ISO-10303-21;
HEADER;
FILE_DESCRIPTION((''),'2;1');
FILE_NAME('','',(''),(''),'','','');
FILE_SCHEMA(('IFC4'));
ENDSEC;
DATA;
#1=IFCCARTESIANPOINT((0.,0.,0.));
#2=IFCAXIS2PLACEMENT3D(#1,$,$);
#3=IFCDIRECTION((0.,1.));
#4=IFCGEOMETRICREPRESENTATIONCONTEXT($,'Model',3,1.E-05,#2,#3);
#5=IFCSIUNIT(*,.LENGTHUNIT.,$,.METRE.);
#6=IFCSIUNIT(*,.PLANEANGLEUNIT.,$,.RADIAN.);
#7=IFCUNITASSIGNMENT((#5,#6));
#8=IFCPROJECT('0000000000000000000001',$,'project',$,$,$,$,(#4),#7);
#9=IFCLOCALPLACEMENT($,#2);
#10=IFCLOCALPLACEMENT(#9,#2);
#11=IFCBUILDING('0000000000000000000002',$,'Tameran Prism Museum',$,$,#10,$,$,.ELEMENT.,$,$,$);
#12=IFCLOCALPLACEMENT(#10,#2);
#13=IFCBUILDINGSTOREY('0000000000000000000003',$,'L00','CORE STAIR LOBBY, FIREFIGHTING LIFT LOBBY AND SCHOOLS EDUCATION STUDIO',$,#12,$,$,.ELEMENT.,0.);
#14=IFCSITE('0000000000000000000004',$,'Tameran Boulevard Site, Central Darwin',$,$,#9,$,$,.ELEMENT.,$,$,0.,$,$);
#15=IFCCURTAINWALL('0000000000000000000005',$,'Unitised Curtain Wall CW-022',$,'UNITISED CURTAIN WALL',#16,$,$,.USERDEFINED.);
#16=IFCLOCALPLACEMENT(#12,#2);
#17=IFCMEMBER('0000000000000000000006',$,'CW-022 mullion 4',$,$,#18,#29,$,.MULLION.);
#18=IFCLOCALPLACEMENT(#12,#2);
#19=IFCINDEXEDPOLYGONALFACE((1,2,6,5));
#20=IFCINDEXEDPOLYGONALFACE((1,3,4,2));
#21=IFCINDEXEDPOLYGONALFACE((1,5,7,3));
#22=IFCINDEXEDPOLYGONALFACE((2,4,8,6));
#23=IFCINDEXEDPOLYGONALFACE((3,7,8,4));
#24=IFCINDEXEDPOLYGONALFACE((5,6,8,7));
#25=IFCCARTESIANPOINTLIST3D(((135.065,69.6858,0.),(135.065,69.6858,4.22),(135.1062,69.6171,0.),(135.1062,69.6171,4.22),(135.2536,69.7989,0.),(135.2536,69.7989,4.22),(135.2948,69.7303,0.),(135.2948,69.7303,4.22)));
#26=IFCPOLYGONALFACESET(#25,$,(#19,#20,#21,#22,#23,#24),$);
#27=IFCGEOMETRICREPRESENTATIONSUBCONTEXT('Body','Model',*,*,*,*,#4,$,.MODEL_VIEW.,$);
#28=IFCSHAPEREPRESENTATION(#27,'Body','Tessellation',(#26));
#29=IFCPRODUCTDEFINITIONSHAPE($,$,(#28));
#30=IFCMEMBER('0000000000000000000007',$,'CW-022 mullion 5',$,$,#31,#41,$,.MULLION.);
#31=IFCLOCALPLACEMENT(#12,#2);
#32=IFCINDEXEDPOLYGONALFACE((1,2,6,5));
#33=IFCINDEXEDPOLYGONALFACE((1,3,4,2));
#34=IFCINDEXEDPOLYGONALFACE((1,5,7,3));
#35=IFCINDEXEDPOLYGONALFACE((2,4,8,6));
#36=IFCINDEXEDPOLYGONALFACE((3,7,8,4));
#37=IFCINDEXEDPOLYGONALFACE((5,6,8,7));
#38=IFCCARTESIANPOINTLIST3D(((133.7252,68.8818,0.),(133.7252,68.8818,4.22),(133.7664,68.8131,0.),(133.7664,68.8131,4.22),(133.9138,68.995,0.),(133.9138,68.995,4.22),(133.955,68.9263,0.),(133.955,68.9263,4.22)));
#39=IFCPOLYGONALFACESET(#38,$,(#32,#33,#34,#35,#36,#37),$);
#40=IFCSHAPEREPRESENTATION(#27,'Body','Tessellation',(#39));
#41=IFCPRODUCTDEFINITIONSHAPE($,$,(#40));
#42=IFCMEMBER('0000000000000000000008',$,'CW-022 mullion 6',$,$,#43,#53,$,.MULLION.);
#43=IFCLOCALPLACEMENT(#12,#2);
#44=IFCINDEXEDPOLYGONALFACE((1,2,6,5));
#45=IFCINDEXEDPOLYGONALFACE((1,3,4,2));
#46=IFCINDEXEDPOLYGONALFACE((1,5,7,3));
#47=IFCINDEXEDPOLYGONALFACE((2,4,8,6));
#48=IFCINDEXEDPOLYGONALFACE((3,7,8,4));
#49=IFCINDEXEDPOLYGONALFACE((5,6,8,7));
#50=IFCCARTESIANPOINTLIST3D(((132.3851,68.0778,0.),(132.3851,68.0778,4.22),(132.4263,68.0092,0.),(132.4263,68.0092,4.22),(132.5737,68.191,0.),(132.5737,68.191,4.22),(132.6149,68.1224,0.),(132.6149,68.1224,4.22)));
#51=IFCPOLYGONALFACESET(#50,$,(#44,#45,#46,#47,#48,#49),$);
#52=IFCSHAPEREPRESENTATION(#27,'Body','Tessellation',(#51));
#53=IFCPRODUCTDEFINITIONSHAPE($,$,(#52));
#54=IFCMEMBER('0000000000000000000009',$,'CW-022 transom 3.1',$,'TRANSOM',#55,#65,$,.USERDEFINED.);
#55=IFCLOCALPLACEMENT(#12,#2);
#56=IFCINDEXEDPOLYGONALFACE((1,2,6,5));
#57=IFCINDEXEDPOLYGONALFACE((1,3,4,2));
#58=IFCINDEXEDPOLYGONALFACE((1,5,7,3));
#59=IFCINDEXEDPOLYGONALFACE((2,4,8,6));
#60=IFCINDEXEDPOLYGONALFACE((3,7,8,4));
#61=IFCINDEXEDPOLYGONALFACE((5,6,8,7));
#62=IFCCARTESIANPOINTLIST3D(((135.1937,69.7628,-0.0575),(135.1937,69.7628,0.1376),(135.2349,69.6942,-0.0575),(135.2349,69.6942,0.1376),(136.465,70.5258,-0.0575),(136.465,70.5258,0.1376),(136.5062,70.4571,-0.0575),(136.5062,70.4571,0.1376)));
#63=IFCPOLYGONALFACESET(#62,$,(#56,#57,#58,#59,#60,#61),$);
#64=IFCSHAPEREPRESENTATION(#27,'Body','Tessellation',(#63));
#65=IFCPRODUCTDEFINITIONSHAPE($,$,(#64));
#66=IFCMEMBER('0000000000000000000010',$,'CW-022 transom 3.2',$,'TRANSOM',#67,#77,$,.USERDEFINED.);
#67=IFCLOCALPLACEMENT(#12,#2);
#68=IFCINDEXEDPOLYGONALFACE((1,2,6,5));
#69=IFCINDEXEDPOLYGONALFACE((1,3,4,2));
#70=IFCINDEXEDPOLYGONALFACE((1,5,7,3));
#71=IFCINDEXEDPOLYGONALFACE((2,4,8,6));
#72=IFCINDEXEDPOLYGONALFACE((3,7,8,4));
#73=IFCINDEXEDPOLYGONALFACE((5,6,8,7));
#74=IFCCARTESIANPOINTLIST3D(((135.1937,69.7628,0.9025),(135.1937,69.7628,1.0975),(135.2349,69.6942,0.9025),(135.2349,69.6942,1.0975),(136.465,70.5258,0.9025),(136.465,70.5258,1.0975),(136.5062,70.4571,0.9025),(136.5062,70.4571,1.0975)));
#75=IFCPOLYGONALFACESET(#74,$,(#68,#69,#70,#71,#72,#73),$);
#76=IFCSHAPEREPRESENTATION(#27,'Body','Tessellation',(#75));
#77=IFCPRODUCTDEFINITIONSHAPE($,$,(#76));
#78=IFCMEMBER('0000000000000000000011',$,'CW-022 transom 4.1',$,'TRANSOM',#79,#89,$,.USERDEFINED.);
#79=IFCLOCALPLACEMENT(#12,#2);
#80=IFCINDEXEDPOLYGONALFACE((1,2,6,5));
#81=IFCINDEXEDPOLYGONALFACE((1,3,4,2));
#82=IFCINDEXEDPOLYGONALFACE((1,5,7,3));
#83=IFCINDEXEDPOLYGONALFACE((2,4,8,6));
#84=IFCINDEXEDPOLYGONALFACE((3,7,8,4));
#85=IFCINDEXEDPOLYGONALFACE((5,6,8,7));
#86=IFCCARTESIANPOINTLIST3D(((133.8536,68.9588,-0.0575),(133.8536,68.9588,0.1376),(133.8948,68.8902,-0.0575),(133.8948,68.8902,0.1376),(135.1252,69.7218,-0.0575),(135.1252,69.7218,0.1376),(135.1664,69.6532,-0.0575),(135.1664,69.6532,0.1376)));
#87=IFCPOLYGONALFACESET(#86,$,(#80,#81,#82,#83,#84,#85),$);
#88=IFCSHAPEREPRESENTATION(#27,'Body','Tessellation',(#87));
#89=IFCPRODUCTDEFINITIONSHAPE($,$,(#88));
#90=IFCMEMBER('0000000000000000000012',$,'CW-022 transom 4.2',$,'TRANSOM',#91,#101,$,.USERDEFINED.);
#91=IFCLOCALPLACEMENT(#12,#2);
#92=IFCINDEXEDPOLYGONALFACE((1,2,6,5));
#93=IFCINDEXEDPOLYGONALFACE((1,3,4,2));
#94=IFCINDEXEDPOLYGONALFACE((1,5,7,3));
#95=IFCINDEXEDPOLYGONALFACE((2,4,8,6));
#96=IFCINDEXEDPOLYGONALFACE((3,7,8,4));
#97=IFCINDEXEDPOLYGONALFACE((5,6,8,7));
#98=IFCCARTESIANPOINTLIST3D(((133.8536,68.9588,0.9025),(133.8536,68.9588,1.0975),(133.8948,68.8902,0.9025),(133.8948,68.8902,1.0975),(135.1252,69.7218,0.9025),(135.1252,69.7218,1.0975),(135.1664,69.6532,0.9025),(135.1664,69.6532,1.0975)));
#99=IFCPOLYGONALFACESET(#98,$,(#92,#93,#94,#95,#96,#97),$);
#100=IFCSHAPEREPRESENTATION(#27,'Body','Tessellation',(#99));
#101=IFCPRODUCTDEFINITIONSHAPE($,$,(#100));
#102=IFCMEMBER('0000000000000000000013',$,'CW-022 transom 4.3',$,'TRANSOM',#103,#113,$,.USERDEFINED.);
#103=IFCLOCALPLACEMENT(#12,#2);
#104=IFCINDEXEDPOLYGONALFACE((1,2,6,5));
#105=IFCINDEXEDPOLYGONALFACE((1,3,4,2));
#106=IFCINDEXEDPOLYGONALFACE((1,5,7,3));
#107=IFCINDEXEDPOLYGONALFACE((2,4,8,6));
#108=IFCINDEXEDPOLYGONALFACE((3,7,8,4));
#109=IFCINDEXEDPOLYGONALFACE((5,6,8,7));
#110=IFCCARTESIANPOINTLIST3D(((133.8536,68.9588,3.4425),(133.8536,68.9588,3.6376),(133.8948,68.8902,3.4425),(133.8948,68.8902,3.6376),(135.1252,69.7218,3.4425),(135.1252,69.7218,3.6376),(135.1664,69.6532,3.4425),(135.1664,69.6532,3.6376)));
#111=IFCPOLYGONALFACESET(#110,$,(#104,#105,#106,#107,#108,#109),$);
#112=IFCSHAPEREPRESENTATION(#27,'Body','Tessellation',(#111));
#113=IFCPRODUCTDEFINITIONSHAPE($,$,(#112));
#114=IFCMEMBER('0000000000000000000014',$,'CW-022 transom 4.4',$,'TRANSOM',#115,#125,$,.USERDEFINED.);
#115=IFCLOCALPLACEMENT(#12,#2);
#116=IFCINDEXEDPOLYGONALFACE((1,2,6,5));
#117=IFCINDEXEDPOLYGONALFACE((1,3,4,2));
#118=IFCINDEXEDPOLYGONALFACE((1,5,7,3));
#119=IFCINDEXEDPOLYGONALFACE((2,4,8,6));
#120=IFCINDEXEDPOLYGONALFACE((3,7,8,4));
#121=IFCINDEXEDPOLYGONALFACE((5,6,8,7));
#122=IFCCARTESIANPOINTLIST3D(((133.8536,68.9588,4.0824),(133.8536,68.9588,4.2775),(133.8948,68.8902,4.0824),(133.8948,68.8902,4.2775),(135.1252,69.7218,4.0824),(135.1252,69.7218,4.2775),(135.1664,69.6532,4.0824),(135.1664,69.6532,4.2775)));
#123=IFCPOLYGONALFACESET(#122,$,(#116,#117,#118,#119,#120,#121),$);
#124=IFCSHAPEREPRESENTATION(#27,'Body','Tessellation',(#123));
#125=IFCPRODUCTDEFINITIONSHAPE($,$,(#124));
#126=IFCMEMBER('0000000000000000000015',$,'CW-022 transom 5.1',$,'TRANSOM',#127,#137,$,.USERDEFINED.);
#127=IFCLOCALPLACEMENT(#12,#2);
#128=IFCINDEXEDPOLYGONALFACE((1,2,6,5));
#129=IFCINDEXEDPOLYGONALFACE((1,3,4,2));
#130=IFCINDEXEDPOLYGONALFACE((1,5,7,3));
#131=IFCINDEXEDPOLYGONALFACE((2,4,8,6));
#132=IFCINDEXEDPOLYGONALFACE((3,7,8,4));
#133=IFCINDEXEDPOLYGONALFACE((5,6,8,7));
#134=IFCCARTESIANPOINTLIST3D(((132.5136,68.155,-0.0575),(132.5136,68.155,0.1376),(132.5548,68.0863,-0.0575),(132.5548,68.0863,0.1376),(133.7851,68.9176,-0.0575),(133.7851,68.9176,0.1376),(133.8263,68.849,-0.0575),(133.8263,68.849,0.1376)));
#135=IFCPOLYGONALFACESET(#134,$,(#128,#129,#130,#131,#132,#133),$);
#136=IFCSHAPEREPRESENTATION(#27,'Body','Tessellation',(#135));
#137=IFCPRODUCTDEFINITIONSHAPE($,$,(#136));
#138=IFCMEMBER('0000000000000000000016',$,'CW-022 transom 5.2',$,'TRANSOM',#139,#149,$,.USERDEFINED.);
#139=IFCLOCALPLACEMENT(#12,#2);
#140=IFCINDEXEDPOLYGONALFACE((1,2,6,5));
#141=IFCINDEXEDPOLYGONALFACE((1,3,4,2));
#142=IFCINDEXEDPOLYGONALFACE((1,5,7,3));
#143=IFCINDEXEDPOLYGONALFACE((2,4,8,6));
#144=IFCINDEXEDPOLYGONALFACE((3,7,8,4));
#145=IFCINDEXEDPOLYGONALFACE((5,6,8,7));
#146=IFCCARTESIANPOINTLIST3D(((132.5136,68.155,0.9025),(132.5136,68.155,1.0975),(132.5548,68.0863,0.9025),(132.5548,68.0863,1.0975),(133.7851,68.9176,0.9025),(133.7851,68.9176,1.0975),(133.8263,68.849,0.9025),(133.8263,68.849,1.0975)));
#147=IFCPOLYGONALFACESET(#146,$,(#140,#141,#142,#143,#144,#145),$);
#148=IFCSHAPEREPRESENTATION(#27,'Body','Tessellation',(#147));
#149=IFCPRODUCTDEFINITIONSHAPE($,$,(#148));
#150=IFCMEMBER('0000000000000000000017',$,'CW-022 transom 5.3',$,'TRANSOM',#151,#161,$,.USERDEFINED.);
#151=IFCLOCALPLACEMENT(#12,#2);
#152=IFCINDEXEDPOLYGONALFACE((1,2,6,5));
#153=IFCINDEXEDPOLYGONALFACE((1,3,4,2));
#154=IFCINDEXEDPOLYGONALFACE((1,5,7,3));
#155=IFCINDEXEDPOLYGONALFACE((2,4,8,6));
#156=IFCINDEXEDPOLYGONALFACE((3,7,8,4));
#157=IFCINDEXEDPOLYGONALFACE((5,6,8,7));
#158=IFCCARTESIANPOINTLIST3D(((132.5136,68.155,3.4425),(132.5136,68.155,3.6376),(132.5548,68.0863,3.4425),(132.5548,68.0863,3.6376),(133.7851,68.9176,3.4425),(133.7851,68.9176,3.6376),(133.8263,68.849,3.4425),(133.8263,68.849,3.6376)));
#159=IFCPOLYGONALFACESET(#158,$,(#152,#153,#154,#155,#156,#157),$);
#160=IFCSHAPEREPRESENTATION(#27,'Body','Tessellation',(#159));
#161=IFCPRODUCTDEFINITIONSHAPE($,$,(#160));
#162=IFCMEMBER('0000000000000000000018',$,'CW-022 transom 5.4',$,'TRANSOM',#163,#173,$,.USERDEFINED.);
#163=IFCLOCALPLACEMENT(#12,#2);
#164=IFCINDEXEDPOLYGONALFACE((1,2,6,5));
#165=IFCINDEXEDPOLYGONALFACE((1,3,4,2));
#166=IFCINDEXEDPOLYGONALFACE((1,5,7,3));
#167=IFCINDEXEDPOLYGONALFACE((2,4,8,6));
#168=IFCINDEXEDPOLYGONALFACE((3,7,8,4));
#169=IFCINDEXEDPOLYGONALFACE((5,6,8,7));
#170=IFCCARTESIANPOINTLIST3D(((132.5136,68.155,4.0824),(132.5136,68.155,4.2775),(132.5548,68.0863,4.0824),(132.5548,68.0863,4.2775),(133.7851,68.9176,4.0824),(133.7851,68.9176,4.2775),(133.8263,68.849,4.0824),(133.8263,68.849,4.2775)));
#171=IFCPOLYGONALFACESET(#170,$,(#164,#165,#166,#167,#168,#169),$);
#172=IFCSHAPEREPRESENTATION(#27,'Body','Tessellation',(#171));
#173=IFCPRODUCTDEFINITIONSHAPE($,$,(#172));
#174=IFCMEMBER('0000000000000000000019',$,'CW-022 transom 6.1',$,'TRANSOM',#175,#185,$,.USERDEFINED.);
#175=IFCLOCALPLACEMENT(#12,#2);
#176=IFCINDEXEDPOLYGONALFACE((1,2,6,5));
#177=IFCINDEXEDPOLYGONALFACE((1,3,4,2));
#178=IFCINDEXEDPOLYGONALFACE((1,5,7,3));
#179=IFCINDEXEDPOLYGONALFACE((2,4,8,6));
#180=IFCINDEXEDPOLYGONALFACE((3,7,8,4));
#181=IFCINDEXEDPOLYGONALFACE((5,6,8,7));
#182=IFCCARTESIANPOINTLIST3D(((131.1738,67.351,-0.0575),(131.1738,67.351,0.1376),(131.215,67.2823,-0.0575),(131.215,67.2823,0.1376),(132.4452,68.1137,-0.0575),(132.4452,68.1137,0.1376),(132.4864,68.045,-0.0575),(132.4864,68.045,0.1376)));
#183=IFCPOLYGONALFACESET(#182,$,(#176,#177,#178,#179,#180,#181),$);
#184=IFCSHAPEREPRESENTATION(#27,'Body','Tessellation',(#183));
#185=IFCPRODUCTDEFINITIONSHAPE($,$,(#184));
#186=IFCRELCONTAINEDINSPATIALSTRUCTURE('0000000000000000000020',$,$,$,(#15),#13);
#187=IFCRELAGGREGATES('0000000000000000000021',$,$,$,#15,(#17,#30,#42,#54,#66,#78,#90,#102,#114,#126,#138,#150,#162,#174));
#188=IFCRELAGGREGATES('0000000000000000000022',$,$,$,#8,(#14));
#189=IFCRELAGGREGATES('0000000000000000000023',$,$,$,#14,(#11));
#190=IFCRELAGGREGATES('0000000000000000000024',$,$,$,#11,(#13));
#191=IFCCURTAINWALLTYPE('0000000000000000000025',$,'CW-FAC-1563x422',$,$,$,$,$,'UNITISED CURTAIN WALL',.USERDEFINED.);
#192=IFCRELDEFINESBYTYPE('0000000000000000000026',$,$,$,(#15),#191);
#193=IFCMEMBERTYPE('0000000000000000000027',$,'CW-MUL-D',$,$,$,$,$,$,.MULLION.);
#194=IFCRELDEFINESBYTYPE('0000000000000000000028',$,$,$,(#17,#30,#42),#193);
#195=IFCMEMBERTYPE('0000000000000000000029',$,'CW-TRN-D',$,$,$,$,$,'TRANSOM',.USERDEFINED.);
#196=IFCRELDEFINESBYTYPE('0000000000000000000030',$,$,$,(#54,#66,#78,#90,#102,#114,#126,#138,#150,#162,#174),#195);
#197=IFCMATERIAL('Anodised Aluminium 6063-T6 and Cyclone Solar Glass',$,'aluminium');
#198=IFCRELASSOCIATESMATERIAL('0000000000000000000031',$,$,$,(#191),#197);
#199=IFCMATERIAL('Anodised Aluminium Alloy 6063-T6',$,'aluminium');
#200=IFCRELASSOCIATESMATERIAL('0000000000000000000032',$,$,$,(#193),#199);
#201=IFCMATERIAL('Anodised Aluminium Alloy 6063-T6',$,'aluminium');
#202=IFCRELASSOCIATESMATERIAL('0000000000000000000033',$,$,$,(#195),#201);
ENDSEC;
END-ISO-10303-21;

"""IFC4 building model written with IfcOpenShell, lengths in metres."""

from ifc_helpers import new_model, si_unit, direction, frame, origin, origin_2d, place, context, subcontext, project, spatial, rectangle, extrude, material, material_profile, profile_set, type_object, element, aggregate, save


model = new_model("IFC4")

# Units and contexts
model_context = context("Model", 3, precision=1e-05, world=origin(), true_north=direction((0.0, 1.0)))
body_context = subcontext(model_context, "Body", "Model", "MODEL_VIEW")
ifc_project = project(units=[si_unit("LENGTHUNIT", "METRE"), si_unit("PLANEANGLEUNIT", "RADIAN")], contexts=[model_context])

# Site, building, storey
site_placement = place(None, origin())
site = spatial("IfcSite", under=ifc_project, at=site_placement, Name="Tameran Boulevard Site, Central Darwin", CompositionType="ELEMENT", RefElevation=0.0)
building_placement = place(site_placement, origin())
building = spatial("IfcBuilding", under=site, at=building_placement, Name="Tameran Prism Museum", CompositionType="ELEMENT")
storey_placement = place(building_placement, origin())
storey = spatial("IfcBuildingStorey", under=building, at=storey_placement, Name="L00", Description="CORE STAIR LOBBY, FIREFIGHTING LIFT LOBBY AND SCHOOLS EDUCATION STUDIO", CompositionType="ELEMENT", Elevation=0.0)

# Curtain wall, members
ifc_material_1 = material(Name="Anodised Aluminium 6063-T6 and Cyclone Solar Glass", Category="aluminium")
curtain_wall_type = type_object("IfcCurtainWallType", Name="CW-FAC-1563x422", ElementType="UNITISED CURTAIN WALL", PredefinedType="USERDEFINED", material=ifc_material_1)
curtain_wall_placement = place(storey_placement, origin())
curtain_wall = element("IfcCurtainWall", 1, at=curtain_wall_placement, inside=storey, type_object=curtain_wall_type, Name="Unitised Curtain Wall CW-022", ObjectType="UNITISED CURTAIN WALL", PredefinedType="USERDEFINED")
ifc_material_2 = material(Name="Anodised Aluminium Alloy 6063-T6", Category="aluminium")
ifc_material_profile_1 = material_profile(ifc_material_2, rectangle(XDim=0.0801, YDim=0.22, at=origin_2d()))
ifc_profile_set_1 = profile_set([ifc_material_profile_1])
member_type_1 = type_object("IfcMemberType", Name="CW-MUL-D", PredefinedType="MULLION", material=ifc_profile_set_1)
member_1_placement = place(storey_placement, frame((135.1799, 69.708, 0.0), z_axis=(0.0, 0.0, 1.0), x_axis=(0.514496, -0.857493, 0.0)))
member_1 = element("IfcMember", 2, at=member_1_placement, type_object=member_type_1, Name="CW-022 mullion 4", PredefinedType="MULLION", context=body_context, shape_type="SweptSolid", body=[
    extrude(rectangle(XDim=0.0801, YDim=0.22, at=origin_2d()), origin(), (0.0, 0.0, 1.0), 4.22),
])
member_2_placement = place(storey_placement, frame((133.8401, 68.9041, 0.0), z_axis=(0.0, 0.0, 1.0), x_axis=(0.514496, -0.857493, 0.0)))
member_2 = element("IfcMember", 3, at=member_2_placement, type_object=member_type_1, Name="CW-022 mullion 5", PredefinedType="MULLION", context=body_context, shape_type="SweptSolid", body=[
    extrude(rectangle(XDim=0.0801, YDim=0.22, at=origin_2d()), origin(), (0.0, 0.0, 1.0), 4.22),
])
member_3_placement = place(storey_placement, frame((132.5, 68.1001, 0.0), z_axis=(0.0, 0.0, 1.0), x_axis=(0.514496, -0.857493, 0.0)))
member_3 = element("IfcMember", 4, at=member_3_placement, type_object=member_type_1, Name="CW-022 mullion 6", PredefinedType="MULLION", context=body_context, shape_type="SweptSolid", body=[
    extrude(rectangle(XDim=0.0801, YDim=0.22, at=origin_2d()), origin(), (0.0, 0.0, 1.0), 4.22),
])
ifc_material_3 = material(Name="Anodised Aluminium Alloy 6063-T6", Category="aluminium")
ifc_material_profile_2 = material_profile(ifc_material_3, rectangle(XDim=0.0801, YDim=0.1951, at=origin_2d()))
ifc_profile_set_2 = profile_set([ifc_material_profile_2])
member_type_2 = type_object("IfcMemberType", Name="CW-TRN-D", ElementType="TRANSOM", PredefinedType="USERDEFINED", material=ifc_profile_set_2)
member_4_placement = place(storey_placement, frame((136.4856, 70.4915, 0.04), z_axis=(-0.857435, -0.514593, 0.0), x_axis=(0.514593, -0.857435, 0.0)))
member_4 = element("IfcMember", 5, at=member_4_placement, type_object=member_type_2, Name="CW-022 transom 3.1", ObjectType="TRANSOM", PredefinedType="USERDEFINED", context=body_context, shape_type="SweptSolid", body=[
    extrude(rectangle(XDim=0.0801, YDim=0.1951, at=origin_2d()), origin(), (0.0, 0.0, 1.0), 1.4827),
])
member_5_placement = place(storey_placement, frame((136.4856, 70.4915, 1.0), z_axis=(-0.857435, -0.514593, 0.0), x_axis=(0.514593, -0.857435, 0.0)))
member_5 = element("IfcMember", 6, at=member_5_placement, type_object=member_type_2, Name="CW-022 transom 3.2", ObjectType="TRANSOM", PredefinedType="USERDEFINED", context=body_context, shape_type="SweptSolid", body=[
    extrude(rectangle(XDim=0.0801, YDim=0.1951, at=origin_2d()), origin(), (0.0, 0.0, 1.0), 1.4827),
])
member_6_placement = place(storey_placement, frame((135.1458, 69.6875, 0.04), z_axis=(-0.857478, -0.51452, 0.0), x_axis=(0.51452, -0.857478, 0.0)))
member_6 = element("IfcMember", 7, at=member_6_placement, type_object=member_type_2, Name="CW-022 transom 4.1", ObjectType="TRANSOM", PredefinedType="USERDEFINED", context=body_context, shape_type="SweptSolid", body=[
    extrude(rectangle(XDim=0.0801, YDim=0.1951, at=origin_2d()), origin(), (0.0, 0.0, 1.0), 1.4829),
])
member_7_placement = place(storey_placement, frame((135.1458, 69.6875, 1.0), z_axis=(-0.857478, -0.51452, 0.0), x_axis=(0.51452, -0.857478, 0.0)))
member_7 = element("IfcMember", 8, at=member_7_placement, type_object=member_type_2, Name="CW-022 transom 4.2", ObjectType="TRANSOM", PredefinedType="USERDEFINED", context=body_context, shape_type="SweptSolid", body=[
    extrude(rectangle(XDim=0.0801, YDim=0.1951, at=origin_2d()), origin(), (0.0, 0.0, 1.0), 1.4829),
])
member_8_placement = place(storey_placement, frame((135.1458, 69.6875, 3.54), z_axis=(-0.857478, -0.51452, 0.0), x_axis=(0.51452, -0.857478, 0.0)))
member_8 = element("IfcMember", 9, at=member_8_placement, type_object=member_type_2, Name="CW-022 transom 4.3", ObjectType="TRANSOM", PredefinedType="USERDEFINED", context=body_context, shape_type="SweptSolid", body=[
    extrude(rectangle(XDim=0.0801, YDim=0.1951, at=origin_2d()), origin(), (0.0, 0.0, 1.0), 1.4829),
])
member_9_placement = place(storey_placement, frame((135.1458, 69.6875, 4.1799), z_axis=(-0.857478, -0.51452, 0.0), x_axis=(0.51452, -0.857478, 0.0)))
member_9 = element("IfcMember", 10, at=member_9_placement, type_object=member_type_2, Name="CW-022 transom 4.4", ObjectType="TRANSOM", PredefinedType="USERDEFINED", context=body_context, shape_type="SweptSolid", body=[
    extrude(rectangle(XDim=0.0801, YDim=0.1951, at=origin_2d()), origin(), (0.0, 0.0, 1.0), 1.4829),
])
member_10_placement = place(storey_placement, frame((133.8057, 68.8833, 0.04), z_axis=(-0.857551, -0.514399, 0.0), x_axis=(0.514399, -0.857551, 0.0)))
member_10 = element("IfcMember", 11, at=member_10_placement, type_object=member_type_2, Name="CW-022 transom 5.1", ObjectType="TRANSOM", PredefinedType="USERDEFINED", context=body_context, shape_type="SweptSolid", body=[
    extrude(rectangle(XDim=0.0801, YDim=0.1951, at=origin_2d()), origin(), (0.0, 0.0, 1.0), 1.4827),
])
member_11_placement = place(storey_placement, frame((133.8057, 68.8833, 1.0), z_axis=(-0.857551, -0.514399, 0.0), x_axis=(0.514399, -0.857551, 0.0)))
member_11 = element("IfcMember", 12, at=member_11_placement, type_object=member_type_2, Name="CW-022 transom 5.2", ObjectType="TRANSOM", PredefinedType="USERDEFINED", context=body_context, shape_type="SweptSolid", body=[
    extrude(rectangle(XDim=0.0801, YDim=0.1951, at=origin_2d()), origin(), (0.0, 0.0, 1.0), 1.4827),
])
member_12_placement = place(storey_placement, frame((133.8057, 68.8833, 3.54), z_axis=(-0.857551, -0.514399, 0.0), x_axis=(0.514399, -0.857551, 0.0)))
member_12 = element("IfcMember", 13, at=member_12_placement, type_object=member_type_2, Name="CW-022 transom 5.3", ObjectType="TRANSOM", PredefinedType="USERDEFINED", context=body_context, shape_type="SweptSolid", body=[
    extrude(rectangle(XDim=0.0801, YDim=0.1951, at=origin_2d()), origin(), (0.0, 0.0, 1.0), 1.4827),
])
member_13_placement = place(storey_placement, frame((133.8057, 68.8833, 4.1799), z_axis=(-0.857551, -0.514399, 0.0), x_axis=(0.514399, -0.857551, 0.0)))
member_13 = element("IfcMember", 14, at=member_13_placement, type_object=member_type_2, Name="CW-022 transom 5.4", ObjectType="TRANSOM", PredefinedType="USERDEFINED", context=body_context, shape_type="SweptSolid", body=[
    extrude(rectangle(XDim=0.0801, YDim=0.1951, at=origin_2d()), origin(), (0.0, 0.0, 1.0), 1.4827),
])
member_14_placement = place(storey_placement, frame((132.4658, 68.0793, 0.04), z_axis=(-0.857551, -0.514399, 0.0), x_axis=(0.514399, -0.857551, 0.0)))
member_14 = element("IfcMember", 15, at=member_14_placement, type_object=member_type_2, Name="CW-022 transom 6.1", ObjectType="TRANSOM", PredefinedType="USERDEFINED", context=body_context, shape_type="SweptSolid", body=[
    extrude(rectangle(XDim=0.0801, YDim=0.1951, at=origin_2d()), origin(), (0.0, 0.0, 1.0), 1.4827),
])
aggregate(curtain_wall, [member_1, member_2, member_3, member_4, member_5, member_6, member_7, member_8, member_9, member_10, member_11, member_12, member_13, member_14])

save(model, "model.ifc")
